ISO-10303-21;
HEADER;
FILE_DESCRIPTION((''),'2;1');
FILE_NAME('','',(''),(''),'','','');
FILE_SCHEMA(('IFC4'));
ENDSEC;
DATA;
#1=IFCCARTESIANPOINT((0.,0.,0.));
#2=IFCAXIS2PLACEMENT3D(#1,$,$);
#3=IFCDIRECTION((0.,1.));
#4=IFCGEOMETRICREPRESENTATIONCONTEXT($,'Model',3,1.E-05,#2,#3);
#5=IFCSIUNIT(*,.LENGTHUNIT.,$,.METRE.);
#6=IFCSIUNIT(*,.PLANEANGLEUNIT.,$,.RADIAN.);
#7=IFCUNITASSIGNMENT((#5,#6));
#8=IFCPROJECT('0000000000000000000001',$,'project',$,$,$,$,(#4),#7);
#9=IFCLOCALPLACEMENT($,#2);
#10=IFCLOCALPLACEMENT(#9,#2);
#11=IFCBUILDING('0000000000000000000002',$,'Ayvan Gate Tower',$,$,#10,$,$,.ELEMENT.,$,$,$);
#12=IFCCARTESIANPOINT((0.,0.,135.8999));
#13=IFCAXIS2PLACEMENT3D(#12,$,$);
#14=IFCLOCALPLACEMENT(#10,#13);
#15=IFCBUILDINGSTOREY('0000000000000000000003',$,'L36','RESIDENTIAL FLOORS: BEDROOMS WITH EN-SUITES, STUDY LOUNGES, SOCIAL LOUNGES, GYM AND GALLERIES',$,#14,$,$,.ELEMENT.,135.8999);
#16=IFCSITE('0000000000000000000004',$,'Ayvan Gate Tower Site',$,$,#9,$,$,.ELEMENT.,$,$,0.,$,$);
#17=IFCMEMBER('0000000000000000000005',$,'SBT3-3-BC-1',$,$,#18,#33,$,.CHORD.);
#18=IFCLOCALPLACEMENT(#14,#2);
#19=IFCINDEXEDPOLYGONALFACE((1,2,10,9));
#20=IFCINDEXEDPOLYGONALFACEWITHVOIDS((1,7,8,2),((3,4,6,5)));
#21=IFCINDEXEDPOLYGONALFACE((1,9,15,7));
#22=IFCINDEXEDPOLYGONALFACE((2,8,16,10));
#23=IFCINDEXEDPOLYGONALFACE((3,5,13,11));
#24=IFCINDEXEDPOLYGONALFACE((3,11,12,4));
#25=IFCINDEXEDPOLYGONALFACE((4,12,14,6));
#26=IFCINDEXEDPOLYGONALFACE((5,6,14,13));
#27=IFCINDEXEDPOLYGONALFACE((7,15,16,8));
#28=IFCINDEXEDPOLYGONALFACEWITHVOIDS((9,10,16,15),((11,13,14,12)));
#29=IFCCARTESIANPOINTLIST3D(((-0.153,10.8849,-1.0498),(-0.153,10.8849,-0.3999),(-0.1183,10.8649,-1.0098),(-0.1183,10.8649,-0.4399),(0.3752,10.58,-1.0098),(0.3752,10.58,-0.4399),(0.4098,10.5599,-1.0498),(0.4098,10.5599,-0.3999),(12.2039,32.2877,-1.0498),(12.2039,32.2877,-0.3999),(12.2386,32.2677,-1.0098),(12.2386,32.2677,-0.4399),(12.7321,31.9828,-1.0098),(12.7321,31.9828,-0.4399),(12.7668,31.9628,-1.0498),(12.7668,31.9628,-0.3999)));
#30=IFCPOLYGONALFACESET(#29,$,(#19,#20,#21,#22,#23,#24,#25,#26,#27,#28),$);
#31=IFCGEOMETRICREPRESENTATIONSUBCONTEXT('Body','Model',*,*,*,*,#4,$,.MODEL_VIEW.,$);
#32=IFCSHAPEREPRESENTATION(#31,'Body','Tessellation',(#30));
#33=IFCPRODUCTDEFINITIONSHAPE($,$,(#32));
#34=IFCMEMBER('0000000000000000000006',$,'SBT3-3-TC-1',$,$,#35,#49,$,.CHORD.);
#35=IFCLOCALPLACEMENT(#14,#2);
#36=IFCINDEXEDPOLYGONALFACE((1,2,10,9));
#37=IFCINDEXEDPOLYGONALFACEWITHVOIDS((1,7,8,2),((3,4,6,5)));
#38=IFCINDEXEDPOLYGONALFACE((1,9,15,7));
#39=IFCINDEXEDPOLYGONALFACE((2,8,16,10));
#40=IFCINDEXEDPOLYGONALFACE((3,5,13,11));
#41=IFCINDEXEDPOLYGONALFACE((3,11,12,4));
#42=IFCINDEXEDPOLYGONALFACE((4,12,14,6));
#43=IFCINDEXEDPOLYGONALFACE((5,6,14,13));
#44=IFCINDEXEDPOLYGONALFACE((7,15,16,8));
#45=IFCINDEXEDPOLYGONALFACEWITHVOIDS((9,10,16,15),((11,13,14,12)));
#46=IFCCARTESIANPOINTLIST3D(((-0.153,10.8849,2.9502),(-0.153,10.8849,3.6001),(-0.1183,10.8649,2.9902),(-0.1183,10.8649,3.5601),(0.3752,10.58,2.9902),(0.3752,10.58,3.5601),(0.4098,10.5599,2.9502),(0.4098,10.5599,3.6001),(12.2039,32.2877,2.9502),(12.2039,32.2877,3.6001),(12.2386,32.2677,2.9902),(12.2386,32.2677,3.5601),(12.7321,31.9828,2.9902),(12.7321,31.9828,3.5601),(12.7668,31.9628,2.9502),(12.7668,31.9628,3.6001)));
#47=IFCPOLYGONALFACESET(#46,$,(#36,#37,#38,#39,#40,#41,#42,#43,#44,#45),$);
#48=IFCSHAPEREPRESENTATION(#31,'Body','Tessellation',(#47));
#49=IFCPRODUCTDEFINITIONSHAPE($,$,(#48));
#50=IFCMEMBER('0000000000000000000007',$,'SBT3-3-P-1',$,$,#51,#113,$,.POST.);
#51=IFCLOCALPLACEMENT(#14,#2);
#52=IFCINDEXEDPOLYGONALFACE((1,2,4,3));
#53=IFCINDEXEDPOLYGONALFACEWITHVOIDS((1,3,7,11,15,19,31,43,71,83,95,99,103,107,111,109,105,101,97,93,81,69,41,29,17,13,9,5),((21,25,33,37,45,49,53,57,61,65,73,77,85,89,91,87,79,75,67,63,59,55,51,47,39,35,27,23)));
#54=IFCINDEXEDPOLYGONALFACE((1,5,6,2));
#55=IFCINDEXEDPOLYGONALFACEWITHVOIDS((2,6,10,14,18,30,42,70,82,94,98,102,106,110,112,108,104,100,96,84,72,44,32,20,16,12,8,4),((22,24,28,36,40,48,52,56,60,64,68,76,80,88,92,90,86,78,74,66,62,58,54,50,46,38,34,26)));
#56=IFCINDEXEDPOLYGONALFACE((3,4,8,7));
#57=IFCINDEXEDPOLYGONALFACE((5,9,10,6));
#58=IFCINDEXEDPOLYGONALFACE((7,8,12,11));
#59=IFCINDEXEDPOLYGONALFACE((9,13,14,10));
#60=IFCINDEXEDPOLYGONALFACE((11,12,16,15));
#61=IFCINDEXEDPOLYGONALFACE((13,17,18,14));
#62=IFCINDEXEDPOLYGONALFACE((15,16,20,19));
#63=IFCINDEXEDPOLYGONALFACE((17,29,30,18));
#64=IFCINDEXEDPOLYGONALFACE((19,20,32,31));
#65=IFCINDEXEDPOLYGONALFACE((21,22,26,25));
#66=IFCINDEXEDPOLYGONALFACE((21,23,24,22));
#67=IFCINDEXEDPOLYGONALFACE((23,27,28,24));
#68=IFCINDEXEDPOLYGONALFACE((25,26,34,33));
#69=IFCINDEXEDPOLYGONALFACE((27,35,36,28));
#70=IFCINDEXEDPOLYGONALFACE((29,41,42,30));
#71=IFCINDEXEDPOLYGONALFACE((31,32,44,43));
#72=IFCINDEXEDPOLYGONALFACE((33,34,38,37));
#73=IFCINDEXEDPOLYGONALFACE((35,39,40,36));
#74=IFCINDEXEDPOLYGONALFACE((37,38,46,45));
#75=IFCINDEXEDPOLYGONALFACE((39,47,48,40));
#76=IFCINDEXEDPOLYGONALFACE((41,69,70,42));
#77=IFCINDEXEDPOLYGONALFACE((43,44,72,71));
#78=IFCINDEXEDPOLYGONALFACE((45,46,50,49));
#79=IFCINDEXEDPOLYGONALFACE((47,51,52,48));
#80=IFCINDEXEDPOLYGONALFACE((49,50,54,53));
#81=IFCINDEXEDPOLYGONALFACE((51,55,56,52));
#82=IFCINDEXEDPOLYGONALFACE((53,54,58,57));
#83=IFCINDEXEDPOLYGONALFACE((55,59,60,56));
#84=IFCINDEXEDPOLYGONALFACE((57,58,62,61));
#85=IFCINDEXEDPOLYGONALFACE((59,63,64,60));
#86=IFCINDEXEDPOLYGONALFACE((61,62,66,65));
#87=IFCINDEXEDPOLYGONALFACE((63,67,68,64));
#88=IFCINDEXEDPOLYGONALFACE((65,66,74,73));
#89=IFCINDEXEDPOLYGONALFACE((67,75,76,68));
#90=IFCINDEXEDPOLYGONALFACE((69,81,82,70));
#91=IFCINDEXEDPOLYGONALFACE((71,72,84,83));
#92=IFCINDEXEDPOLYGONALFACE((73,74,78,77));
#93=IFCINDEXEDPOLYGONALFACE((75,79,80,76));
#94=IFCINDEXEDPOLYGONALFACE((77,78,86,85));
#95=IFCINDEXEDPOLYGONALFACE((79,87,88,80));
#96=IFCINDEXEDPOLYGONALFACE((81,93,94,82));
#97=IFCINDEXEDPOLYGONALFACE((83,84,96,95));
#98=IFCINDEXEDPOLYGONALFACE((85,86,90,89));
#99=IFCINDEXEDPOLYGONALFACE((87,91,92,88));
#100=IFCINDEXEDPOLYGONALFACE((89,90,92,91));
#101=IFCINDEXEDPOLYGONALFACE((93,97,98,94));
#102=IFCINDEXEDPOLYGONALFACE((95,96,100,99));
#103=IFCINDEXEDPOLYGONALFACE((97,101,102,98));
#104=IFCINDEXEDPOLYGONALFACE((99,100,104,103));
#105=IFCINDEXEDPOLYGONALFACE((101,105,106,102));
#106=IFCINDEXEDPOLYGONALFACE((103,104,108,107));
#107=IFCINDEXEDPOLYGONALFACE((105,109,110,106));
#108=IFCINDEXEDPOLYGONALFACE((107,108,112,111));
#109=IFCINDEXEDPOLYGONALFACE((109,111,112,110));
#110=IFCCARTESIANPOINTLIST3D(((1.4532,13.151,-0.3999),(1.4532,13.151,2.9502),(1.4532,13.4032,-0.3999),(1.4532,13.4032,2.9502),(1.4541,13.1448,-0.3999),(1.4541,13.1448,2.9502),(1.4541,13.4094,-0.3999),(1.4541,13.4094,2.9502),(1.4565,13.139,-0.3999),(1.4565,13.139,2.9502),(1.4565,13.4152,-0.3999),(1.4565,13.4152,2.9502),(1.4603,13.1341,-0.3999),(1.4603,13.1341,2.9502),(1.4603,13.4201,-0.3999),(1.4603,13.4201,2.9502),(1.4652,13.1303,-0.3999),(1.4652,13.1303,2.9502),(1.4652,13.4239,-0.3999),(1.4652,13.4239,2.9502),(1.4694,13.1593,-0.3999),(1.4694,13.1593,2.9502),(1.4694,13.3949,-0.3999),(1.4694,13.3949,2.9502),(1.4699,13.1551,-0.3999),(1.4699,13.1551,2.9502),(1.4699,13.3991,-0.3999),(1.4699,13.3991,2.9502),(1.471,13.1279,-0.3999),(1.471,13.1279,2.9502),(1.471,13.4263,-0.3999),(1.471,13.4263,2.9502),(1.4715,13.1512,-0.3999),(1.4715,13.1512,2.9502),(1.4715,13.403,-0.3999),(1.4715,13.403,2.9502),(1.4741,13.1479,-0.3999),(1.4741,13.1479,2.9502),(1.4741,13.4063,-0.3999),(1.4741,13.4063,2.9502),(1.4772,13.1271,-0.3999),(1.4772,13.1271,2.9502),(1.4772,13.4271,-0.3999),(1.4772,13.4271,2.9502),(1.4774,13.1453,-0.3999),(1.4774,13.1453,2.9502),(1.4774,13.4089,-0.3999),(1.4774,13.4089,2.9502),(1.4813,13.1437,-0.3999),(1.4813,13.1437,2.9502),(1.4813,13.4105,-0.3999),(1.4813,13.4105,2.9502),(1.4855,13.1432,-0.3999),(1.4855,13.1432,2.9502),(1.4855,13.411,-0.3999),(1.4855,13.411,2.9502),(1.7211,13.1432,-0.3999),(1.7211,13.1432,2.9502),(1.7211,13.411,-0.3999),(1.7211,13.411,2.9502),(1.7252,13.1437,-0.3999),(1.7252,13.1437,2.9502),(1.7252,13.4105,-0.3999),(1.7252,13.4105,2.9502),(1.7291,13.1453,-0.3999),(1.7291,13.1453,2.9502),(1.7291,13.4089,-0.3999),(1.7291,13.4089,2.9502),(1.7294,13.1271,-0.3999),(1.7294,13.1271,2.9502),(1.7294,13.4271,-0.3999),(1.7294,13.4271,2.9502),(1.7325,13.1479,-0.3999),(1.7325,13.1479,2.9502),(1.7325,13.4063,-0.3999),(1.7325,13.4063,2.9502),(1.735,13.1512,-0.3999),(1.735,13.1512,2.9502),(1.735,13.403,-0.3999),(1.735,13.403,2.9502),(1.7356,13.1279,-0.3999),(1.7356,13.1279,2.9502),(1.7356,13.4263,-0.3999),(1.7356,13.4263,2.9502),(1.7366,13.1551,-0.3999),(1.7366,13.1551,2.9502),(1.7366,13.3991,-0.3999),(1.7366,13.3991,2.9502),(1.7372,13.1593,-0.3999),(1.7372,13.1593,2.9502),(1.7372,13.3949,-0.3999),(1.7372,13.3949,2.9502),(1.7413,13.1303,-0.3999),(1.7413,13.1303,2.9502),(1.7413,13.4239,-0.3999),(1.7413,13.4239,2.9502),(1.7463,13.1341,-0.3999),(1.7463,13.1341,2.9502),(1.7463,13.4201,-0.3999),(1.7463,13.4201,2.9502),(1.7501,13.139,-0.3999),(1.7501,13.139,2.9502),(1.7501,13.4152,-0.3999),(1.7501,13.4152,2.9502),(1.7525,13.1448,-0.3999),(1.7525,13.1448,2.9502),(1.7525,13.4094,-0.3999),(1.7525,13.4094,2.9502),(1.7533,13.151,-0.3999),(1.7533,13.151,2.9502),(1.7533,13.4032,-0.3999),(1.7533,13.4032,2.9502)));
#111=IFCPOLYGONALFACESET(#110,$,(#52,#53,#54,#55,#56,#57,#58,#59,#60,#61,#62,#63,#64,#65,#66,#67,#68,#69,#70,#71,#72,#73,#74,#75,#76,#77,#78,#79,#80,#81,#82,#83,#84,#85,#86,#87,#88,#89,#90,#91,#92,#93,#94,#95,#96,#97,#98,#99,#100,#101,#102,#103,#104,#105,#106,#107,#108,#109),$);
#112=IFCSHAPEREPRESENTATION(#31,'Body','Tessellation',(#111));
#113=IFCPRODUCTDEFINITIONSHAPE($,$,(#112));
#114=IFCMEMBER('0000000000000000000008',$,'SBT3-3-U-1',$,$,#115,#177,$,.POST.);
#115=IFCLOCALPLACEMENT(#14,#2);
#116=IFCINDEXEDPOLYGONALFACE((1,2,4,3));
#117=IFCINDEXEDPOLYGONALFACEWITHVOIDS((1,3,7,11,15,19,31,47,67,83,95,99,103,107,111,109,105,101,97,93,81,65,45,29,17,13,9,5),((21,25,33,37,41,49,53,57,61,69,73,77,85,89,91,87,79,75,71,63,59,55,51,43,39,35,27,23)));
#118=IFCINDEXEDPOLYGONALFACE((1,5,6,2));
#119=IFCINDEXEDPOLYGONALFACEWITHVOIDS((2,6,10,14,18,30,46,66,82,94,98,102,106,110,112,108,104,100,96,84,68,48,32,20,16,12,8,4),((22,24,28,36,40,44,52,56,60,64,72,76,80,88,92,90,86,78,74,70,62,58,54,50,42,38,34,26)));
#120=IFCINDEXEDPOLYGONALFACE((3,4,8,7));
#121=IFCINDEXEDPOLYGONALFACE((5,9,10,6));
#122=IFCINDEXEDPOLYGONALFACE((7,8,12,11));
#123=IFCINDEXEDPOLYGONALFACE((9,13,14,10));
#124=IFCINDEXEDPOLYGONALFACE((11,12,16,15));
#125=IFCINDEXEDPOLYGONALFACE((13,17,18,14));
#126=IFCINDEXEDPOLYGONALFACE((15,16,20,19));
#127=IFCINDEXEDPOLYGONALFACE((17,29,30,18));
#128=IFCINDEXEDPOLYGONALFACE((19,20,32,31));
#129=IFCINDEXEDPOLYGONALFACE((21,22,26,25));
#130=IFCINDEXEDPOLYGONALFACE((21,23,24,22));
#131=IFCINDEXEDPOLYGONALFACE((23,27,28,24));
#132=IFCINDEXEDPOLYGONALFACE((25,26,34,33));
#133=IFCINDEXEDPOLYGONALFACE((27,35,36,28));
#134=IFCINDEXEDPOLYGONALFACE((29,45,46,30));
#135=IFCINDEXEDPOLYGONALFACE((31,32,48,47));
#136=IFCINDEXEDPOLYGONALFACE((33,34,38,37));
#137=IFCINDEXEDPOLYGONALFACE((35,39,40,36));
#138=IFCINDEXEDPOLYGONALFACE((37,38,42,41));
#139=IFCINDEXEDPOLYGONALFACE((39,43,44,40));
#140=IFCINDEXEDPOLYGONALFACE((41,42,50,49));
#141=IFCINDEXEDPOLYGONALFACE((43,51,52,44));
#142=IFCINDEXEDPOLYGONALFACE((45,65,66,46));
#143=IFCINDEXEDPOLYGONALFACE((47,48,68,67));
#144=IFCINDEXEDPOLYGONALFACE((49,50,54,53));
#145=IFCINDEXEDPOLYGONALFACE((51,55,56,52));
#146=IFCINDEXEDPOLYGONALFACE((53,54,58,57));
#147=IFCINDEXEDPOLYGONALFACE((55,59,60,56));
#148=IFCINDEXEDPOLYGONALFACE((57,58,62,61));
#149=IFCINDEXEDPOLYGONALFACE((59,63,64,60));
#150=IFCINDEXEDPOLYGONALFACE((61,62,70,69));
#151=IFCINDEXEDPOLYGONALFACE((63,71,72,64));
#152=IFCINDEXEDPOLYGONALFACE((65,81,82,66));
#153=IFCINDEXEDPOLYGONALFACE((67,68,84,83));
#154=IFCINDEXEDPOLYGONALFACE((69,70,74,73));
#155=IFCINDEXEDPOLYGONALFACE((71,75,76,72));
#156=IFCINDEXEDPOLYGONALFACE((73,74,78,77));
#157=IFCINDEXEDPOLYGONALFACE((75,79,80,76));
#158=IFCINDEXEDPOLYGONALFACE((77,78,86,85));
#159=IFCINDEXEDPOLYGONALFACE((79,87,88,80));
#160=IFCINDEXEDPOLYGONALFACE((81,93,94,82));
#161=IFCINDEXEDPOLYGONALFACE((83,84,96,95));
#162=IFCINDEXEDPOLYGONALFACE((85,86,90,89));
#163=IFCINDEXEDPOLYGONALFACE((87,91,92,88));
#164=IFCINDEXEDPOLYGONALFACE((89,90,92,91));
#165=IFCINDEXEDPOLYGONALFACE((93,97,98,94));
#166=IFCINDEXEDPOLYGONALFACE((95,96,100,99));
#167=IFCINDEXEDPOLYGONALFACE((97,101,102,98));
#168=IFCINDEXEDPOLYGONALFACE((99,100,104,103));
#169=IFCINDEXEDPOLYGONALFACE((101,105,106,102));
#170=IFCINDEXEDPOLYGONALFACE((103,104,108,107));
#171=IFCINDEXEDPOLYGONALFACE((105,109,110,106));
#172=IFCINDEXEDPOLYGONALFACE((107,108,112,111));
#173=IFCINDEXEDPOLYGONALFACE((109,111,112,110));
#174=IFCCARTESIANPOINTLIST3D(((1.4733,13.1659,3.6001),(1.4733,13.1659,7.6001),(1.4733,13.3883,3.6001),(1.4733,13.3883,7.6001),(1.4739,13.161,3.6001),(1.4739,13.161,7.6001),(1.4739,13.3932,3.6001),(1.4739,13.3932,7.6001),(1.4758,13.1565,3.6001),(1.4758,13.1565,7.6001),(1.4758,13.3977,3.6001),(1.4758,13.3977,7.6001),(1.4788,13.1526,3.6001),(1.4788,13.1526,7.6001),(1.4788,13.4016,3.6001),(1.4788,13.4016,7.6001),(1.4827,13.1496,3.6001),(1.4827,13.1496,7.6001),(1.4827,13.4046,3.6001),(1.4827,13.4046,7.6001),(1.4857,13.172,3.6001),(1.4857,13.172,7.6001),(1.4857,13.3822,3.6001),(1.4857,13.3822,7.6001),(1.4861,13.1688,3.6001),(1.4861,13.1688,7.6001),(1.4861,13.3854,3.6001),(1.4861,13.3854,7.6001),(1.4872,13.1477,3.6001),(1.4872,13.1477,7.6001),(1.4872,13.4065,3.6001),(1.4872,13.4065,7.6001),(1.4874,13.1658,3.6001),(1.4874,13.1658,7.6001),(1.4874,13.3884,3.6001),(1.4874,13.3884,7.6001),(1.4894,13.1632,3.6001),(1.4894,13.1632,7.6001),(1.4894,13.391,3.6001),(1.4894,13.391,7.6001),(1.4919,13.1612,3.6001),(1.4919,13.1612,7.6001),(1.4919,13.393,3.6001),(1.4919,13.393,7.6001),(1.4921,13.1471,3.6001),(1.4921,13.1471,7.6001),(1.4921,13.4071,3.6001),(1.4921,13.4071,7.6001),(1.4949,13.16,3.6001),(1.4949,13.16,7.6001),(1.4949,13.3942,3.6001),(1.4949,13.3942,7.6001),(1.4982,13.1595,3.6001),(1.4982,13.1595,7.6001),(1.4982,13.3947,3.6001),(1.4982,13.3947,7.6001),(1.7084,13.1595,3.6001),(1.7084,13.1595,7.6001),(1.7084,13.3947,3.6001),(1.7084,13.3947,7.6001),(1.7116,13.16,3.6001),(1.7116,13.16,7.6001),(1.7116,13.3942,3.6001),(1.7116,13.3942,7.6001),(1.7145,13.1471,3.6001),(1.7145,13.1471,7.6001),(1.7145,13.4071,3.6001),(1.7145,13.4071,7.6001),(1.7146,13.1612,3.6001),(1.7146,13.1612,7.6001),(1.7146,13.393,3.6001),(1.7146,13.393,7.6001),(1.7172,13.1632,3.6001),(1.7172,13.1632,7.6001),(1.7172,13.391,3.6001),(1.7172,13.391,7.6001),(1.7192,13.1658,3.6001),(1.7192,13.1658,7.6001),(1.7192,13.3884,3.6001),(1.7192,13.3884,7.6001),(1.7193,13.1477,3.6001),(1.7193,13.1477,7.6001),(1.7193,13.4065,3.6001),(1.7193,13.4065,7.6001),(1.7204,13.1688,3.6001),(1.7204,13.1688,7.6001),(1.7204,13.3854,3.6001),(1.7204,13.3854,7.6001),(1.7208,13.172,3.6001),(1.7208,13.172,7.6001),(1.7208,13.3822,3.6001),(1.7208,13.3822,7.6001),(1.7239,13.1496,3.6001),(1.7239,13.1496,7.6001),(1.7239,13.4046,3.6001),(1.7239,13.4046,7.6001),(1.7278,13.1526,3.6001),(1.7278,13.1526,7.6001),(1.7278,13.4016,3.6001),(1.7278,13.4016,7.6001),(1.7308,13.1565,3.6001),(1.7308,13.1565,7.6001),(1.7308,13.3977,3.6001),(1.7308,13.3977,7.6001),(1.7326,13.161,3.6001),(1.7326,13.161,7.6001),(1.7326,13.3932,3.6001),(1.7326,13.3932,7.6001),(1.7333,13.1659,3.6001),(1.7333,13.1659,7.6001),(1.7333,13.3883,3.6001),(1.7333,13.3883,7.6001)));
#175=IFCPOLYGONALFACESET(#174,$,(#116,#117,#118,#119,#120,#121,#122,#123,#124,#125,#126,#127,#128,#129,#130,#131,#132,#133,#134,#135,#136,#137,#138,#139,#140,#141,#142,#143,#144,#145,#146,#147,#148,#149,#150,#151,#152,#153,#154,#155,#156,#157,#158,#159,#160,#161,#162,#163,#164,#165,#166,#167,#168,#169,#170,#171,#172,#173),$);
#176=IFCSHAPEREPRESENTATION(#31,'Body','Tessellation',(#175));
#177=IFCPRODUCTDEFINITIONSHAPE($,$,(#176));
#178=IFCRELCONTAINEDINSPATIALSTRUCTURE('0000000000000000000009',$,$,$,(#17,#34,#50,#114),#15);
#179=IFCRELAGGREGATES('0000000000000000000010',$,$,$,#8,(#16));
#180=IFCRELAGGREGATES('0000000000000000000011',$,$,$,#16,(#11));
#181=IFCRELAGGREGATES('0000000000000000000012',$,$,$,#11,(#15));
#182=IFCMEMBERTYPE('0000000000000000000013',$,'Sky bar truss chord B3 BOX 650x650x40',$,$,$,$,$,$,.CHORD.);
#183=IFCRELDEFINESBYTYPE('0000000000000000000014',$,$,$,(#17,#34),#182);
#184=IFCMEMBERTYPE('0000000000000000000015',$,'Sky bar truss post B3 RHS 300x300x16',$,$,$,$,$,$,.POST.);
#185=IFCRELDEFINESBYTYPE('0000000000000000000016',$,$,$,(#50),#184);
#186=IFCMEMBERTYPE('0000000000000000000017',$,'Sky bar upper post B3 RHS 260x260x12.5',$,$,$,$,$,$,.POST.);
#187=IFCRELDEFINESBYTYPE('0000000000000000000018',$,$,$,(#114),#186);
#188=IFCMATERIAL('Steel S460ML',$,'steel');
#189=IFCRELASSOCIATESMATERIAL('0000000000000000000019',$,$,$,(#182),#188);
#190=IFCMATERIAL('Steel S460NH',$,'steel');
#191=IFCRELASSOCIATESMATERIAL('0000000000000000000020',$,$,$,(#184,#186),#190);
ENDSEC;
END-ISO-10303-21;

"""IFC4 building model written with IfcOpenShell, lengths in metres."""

from ifc_helpers import new_model, si_unit, direction, frame, origin, origin_2d, place, context, subcontext, project, spatial, hollow_rectangle, extrude, material, material_profile, profile_set, type_object, element, save


model = new_model("IFC4")

# Units and contexts
model_context = context("Model", 3, precision=1e-05, world=origin(), true_north=direction((0.0, 1.0)))
body_context = subcontext(model_context, "Body", "Model", "MODEL_VIEW")
ifc_project = project(units=[si_unit("LENGTHUNIT", "METRE"), si_unit("PLANEANGLEUNIT", "RADIAN")], contexts=[model_context])

# Site, building, storey
site_placement = place(None, origin())
site = spatial("IfcSite", under=ifc_project, at=site_placement, Name="Ayvan Gate Tower Site", CompositionType="ELEMENT", RefElevation=0.0)
building_placement = place(site_placement, origin())
building = spatial("IfcBuilding", under=site, at=building_placement, Name="Ayvan Gate Tower", CompositionType="ELEMENT")
storey_placement = place(building_placement, frame((0.0, 0.0, 135.8999)))
storey = spatial("IfcBuildingStorey", under=building, at=storey_placement, Name="L36", Description="RESIDENTIAL FLOORS: BEDROOMS WITH EN-SUITES, STUDY LOUNGES, SOCIAL LOUNGES, GYM AND GALLERIES", CompositionType="ELEMENT", Elevation=135.8999)

# Members
ifc_material_1 = material(Name="Steel S460ML", Category="steel")
ifc_material_profile_1 = material_profile(ifc_material_1, hollow_rectangle(XDim=0.6499, YDim=0.6499, WallThickness=0.04, at=origin_2d()), Name="BOX 650x650x40")
ifc_profile_set_1 = profile_set([ifc_material_profile_1], Name="Steel S460ML")
member_type_1 = type_object("IfcMemberType", Name="Sky bar truss chord B3 BOX 650x650x40", PredefinedType="CHORD", material=ifc_profile_set_1)
for number, where, z_axis, x_axis, name in (
    (1, (0.1284, 10.7224, -0.7249), (0.5, 0.866025, 0.0), (-0.866025, 0.5, 0.0), "SBT3-3-BC-1"),
    (2, (0.1284, 10.7224, 3.2751), (0.5, 0.866025, 0.0), (-0.866025, 0.5, 0.0), "SBT3-3-TC-1"),
):
    element("IfcMember", number, at=place(storey_placement, frame(where, z_axis=z_axis, x_axis=x_axis)), inside=storey, type_object=member_type_1, Name=name, PredefinedType="CHORD", context=body_context, shape_type="SweptSolid", body=[
        extrude(hollow_rectangle(XDim=0.6499, YDim=0.6499, WallThickness=0.04, at=origin_2d()), origin(), (0.0, 0.0, 1.0), 24.7139),
    ])
ifc_material_2 = material(Name="Steel S460NH", Category="steel")
ifc_material_profile_2 = material_profile(ifc_material_2, hollow_rectangle(XDim=0.3, YDim=0.3, WallThickness=0.0161, InnerFilletRadius=0.0161, OuterFilletRadius=0.0239, at=origin_2d()), Name="RHS 300x300x16")
ifc_profile_set_2 = profile_set([ifc_material_profile_2], Name="Steel S460NH")
member_type_2 = type_object("IfcMemberType", Name="Sky bar truss post B3 RHS 300x300x16", PredefinedType="POST", material=ifc_profile_set_2)
member_1_placement = place(storey_placement, frame((1.6033, 13.2771, -0.3999), z_axis=(0.0, 0.0, 1.0), x_axis=(1.0, 0.0, 0.0)))
element("IfcMember", 3, at=member_1_placement, inside=storey, type_object=member_type_2, Name="SBT3-3-P-1", PredefinedType="POST", context=body_context, shape_type="SweptSolid", body=[
    extrude(hollow_rectangle(XDim=0.3, YDim=0.3, WallThickness=0.0161, InnerFilletRadius=0.0161, OuterFilletRadius=0.0239, at=origin_2d()), origin(), (0.0, 0.0, 1.0), 3.3501),
])
ifc_material_profile_3 = material_profile(ifc_material_2, hollow_rectangle(XDim=0.26, YDim=0.26, WallThickness=0.0125, InnerFilletRadius=0.0125, OuterFilletRadius=0.0188, at=origin_2d()), Name="RHS 260x260x12.5")
ifc_profile_set_3 = profile_set([ifc_material_profile_3], Name="Steel S460NH")
member_type_3 = type_object("IfcMemberType", Name="Sky bar upper post B3 RHS 260x260x12.5", PredefinedType="POST", material=ifc_profile_set_3)
member_2_placement = place(storey_placement, frame((1.6033, 13.2771, 3.6001), z_axis=(0.0, 0.0, 1.0), x_axis=(1.0, 0.0, 0.0)))
element("IfcMember", 4, at=member_2_placement, inside=storey, type_object=member_type_3, Name="SBT3-3-U-1", PredefinedType="POST", context=body_context, shape_type="SweptSolid", body=[
    extrude(hollow_rectangle(XDim=0.26, YDim=0.26, WallThickness=0.0125, InnerFilletRadius=0.0125, OuterFilletRadius=0.0188, at=origin_2d()), origin(), (0.0, 0.0, 1.0), 4.0),
])

save(model, "model.ifc")
